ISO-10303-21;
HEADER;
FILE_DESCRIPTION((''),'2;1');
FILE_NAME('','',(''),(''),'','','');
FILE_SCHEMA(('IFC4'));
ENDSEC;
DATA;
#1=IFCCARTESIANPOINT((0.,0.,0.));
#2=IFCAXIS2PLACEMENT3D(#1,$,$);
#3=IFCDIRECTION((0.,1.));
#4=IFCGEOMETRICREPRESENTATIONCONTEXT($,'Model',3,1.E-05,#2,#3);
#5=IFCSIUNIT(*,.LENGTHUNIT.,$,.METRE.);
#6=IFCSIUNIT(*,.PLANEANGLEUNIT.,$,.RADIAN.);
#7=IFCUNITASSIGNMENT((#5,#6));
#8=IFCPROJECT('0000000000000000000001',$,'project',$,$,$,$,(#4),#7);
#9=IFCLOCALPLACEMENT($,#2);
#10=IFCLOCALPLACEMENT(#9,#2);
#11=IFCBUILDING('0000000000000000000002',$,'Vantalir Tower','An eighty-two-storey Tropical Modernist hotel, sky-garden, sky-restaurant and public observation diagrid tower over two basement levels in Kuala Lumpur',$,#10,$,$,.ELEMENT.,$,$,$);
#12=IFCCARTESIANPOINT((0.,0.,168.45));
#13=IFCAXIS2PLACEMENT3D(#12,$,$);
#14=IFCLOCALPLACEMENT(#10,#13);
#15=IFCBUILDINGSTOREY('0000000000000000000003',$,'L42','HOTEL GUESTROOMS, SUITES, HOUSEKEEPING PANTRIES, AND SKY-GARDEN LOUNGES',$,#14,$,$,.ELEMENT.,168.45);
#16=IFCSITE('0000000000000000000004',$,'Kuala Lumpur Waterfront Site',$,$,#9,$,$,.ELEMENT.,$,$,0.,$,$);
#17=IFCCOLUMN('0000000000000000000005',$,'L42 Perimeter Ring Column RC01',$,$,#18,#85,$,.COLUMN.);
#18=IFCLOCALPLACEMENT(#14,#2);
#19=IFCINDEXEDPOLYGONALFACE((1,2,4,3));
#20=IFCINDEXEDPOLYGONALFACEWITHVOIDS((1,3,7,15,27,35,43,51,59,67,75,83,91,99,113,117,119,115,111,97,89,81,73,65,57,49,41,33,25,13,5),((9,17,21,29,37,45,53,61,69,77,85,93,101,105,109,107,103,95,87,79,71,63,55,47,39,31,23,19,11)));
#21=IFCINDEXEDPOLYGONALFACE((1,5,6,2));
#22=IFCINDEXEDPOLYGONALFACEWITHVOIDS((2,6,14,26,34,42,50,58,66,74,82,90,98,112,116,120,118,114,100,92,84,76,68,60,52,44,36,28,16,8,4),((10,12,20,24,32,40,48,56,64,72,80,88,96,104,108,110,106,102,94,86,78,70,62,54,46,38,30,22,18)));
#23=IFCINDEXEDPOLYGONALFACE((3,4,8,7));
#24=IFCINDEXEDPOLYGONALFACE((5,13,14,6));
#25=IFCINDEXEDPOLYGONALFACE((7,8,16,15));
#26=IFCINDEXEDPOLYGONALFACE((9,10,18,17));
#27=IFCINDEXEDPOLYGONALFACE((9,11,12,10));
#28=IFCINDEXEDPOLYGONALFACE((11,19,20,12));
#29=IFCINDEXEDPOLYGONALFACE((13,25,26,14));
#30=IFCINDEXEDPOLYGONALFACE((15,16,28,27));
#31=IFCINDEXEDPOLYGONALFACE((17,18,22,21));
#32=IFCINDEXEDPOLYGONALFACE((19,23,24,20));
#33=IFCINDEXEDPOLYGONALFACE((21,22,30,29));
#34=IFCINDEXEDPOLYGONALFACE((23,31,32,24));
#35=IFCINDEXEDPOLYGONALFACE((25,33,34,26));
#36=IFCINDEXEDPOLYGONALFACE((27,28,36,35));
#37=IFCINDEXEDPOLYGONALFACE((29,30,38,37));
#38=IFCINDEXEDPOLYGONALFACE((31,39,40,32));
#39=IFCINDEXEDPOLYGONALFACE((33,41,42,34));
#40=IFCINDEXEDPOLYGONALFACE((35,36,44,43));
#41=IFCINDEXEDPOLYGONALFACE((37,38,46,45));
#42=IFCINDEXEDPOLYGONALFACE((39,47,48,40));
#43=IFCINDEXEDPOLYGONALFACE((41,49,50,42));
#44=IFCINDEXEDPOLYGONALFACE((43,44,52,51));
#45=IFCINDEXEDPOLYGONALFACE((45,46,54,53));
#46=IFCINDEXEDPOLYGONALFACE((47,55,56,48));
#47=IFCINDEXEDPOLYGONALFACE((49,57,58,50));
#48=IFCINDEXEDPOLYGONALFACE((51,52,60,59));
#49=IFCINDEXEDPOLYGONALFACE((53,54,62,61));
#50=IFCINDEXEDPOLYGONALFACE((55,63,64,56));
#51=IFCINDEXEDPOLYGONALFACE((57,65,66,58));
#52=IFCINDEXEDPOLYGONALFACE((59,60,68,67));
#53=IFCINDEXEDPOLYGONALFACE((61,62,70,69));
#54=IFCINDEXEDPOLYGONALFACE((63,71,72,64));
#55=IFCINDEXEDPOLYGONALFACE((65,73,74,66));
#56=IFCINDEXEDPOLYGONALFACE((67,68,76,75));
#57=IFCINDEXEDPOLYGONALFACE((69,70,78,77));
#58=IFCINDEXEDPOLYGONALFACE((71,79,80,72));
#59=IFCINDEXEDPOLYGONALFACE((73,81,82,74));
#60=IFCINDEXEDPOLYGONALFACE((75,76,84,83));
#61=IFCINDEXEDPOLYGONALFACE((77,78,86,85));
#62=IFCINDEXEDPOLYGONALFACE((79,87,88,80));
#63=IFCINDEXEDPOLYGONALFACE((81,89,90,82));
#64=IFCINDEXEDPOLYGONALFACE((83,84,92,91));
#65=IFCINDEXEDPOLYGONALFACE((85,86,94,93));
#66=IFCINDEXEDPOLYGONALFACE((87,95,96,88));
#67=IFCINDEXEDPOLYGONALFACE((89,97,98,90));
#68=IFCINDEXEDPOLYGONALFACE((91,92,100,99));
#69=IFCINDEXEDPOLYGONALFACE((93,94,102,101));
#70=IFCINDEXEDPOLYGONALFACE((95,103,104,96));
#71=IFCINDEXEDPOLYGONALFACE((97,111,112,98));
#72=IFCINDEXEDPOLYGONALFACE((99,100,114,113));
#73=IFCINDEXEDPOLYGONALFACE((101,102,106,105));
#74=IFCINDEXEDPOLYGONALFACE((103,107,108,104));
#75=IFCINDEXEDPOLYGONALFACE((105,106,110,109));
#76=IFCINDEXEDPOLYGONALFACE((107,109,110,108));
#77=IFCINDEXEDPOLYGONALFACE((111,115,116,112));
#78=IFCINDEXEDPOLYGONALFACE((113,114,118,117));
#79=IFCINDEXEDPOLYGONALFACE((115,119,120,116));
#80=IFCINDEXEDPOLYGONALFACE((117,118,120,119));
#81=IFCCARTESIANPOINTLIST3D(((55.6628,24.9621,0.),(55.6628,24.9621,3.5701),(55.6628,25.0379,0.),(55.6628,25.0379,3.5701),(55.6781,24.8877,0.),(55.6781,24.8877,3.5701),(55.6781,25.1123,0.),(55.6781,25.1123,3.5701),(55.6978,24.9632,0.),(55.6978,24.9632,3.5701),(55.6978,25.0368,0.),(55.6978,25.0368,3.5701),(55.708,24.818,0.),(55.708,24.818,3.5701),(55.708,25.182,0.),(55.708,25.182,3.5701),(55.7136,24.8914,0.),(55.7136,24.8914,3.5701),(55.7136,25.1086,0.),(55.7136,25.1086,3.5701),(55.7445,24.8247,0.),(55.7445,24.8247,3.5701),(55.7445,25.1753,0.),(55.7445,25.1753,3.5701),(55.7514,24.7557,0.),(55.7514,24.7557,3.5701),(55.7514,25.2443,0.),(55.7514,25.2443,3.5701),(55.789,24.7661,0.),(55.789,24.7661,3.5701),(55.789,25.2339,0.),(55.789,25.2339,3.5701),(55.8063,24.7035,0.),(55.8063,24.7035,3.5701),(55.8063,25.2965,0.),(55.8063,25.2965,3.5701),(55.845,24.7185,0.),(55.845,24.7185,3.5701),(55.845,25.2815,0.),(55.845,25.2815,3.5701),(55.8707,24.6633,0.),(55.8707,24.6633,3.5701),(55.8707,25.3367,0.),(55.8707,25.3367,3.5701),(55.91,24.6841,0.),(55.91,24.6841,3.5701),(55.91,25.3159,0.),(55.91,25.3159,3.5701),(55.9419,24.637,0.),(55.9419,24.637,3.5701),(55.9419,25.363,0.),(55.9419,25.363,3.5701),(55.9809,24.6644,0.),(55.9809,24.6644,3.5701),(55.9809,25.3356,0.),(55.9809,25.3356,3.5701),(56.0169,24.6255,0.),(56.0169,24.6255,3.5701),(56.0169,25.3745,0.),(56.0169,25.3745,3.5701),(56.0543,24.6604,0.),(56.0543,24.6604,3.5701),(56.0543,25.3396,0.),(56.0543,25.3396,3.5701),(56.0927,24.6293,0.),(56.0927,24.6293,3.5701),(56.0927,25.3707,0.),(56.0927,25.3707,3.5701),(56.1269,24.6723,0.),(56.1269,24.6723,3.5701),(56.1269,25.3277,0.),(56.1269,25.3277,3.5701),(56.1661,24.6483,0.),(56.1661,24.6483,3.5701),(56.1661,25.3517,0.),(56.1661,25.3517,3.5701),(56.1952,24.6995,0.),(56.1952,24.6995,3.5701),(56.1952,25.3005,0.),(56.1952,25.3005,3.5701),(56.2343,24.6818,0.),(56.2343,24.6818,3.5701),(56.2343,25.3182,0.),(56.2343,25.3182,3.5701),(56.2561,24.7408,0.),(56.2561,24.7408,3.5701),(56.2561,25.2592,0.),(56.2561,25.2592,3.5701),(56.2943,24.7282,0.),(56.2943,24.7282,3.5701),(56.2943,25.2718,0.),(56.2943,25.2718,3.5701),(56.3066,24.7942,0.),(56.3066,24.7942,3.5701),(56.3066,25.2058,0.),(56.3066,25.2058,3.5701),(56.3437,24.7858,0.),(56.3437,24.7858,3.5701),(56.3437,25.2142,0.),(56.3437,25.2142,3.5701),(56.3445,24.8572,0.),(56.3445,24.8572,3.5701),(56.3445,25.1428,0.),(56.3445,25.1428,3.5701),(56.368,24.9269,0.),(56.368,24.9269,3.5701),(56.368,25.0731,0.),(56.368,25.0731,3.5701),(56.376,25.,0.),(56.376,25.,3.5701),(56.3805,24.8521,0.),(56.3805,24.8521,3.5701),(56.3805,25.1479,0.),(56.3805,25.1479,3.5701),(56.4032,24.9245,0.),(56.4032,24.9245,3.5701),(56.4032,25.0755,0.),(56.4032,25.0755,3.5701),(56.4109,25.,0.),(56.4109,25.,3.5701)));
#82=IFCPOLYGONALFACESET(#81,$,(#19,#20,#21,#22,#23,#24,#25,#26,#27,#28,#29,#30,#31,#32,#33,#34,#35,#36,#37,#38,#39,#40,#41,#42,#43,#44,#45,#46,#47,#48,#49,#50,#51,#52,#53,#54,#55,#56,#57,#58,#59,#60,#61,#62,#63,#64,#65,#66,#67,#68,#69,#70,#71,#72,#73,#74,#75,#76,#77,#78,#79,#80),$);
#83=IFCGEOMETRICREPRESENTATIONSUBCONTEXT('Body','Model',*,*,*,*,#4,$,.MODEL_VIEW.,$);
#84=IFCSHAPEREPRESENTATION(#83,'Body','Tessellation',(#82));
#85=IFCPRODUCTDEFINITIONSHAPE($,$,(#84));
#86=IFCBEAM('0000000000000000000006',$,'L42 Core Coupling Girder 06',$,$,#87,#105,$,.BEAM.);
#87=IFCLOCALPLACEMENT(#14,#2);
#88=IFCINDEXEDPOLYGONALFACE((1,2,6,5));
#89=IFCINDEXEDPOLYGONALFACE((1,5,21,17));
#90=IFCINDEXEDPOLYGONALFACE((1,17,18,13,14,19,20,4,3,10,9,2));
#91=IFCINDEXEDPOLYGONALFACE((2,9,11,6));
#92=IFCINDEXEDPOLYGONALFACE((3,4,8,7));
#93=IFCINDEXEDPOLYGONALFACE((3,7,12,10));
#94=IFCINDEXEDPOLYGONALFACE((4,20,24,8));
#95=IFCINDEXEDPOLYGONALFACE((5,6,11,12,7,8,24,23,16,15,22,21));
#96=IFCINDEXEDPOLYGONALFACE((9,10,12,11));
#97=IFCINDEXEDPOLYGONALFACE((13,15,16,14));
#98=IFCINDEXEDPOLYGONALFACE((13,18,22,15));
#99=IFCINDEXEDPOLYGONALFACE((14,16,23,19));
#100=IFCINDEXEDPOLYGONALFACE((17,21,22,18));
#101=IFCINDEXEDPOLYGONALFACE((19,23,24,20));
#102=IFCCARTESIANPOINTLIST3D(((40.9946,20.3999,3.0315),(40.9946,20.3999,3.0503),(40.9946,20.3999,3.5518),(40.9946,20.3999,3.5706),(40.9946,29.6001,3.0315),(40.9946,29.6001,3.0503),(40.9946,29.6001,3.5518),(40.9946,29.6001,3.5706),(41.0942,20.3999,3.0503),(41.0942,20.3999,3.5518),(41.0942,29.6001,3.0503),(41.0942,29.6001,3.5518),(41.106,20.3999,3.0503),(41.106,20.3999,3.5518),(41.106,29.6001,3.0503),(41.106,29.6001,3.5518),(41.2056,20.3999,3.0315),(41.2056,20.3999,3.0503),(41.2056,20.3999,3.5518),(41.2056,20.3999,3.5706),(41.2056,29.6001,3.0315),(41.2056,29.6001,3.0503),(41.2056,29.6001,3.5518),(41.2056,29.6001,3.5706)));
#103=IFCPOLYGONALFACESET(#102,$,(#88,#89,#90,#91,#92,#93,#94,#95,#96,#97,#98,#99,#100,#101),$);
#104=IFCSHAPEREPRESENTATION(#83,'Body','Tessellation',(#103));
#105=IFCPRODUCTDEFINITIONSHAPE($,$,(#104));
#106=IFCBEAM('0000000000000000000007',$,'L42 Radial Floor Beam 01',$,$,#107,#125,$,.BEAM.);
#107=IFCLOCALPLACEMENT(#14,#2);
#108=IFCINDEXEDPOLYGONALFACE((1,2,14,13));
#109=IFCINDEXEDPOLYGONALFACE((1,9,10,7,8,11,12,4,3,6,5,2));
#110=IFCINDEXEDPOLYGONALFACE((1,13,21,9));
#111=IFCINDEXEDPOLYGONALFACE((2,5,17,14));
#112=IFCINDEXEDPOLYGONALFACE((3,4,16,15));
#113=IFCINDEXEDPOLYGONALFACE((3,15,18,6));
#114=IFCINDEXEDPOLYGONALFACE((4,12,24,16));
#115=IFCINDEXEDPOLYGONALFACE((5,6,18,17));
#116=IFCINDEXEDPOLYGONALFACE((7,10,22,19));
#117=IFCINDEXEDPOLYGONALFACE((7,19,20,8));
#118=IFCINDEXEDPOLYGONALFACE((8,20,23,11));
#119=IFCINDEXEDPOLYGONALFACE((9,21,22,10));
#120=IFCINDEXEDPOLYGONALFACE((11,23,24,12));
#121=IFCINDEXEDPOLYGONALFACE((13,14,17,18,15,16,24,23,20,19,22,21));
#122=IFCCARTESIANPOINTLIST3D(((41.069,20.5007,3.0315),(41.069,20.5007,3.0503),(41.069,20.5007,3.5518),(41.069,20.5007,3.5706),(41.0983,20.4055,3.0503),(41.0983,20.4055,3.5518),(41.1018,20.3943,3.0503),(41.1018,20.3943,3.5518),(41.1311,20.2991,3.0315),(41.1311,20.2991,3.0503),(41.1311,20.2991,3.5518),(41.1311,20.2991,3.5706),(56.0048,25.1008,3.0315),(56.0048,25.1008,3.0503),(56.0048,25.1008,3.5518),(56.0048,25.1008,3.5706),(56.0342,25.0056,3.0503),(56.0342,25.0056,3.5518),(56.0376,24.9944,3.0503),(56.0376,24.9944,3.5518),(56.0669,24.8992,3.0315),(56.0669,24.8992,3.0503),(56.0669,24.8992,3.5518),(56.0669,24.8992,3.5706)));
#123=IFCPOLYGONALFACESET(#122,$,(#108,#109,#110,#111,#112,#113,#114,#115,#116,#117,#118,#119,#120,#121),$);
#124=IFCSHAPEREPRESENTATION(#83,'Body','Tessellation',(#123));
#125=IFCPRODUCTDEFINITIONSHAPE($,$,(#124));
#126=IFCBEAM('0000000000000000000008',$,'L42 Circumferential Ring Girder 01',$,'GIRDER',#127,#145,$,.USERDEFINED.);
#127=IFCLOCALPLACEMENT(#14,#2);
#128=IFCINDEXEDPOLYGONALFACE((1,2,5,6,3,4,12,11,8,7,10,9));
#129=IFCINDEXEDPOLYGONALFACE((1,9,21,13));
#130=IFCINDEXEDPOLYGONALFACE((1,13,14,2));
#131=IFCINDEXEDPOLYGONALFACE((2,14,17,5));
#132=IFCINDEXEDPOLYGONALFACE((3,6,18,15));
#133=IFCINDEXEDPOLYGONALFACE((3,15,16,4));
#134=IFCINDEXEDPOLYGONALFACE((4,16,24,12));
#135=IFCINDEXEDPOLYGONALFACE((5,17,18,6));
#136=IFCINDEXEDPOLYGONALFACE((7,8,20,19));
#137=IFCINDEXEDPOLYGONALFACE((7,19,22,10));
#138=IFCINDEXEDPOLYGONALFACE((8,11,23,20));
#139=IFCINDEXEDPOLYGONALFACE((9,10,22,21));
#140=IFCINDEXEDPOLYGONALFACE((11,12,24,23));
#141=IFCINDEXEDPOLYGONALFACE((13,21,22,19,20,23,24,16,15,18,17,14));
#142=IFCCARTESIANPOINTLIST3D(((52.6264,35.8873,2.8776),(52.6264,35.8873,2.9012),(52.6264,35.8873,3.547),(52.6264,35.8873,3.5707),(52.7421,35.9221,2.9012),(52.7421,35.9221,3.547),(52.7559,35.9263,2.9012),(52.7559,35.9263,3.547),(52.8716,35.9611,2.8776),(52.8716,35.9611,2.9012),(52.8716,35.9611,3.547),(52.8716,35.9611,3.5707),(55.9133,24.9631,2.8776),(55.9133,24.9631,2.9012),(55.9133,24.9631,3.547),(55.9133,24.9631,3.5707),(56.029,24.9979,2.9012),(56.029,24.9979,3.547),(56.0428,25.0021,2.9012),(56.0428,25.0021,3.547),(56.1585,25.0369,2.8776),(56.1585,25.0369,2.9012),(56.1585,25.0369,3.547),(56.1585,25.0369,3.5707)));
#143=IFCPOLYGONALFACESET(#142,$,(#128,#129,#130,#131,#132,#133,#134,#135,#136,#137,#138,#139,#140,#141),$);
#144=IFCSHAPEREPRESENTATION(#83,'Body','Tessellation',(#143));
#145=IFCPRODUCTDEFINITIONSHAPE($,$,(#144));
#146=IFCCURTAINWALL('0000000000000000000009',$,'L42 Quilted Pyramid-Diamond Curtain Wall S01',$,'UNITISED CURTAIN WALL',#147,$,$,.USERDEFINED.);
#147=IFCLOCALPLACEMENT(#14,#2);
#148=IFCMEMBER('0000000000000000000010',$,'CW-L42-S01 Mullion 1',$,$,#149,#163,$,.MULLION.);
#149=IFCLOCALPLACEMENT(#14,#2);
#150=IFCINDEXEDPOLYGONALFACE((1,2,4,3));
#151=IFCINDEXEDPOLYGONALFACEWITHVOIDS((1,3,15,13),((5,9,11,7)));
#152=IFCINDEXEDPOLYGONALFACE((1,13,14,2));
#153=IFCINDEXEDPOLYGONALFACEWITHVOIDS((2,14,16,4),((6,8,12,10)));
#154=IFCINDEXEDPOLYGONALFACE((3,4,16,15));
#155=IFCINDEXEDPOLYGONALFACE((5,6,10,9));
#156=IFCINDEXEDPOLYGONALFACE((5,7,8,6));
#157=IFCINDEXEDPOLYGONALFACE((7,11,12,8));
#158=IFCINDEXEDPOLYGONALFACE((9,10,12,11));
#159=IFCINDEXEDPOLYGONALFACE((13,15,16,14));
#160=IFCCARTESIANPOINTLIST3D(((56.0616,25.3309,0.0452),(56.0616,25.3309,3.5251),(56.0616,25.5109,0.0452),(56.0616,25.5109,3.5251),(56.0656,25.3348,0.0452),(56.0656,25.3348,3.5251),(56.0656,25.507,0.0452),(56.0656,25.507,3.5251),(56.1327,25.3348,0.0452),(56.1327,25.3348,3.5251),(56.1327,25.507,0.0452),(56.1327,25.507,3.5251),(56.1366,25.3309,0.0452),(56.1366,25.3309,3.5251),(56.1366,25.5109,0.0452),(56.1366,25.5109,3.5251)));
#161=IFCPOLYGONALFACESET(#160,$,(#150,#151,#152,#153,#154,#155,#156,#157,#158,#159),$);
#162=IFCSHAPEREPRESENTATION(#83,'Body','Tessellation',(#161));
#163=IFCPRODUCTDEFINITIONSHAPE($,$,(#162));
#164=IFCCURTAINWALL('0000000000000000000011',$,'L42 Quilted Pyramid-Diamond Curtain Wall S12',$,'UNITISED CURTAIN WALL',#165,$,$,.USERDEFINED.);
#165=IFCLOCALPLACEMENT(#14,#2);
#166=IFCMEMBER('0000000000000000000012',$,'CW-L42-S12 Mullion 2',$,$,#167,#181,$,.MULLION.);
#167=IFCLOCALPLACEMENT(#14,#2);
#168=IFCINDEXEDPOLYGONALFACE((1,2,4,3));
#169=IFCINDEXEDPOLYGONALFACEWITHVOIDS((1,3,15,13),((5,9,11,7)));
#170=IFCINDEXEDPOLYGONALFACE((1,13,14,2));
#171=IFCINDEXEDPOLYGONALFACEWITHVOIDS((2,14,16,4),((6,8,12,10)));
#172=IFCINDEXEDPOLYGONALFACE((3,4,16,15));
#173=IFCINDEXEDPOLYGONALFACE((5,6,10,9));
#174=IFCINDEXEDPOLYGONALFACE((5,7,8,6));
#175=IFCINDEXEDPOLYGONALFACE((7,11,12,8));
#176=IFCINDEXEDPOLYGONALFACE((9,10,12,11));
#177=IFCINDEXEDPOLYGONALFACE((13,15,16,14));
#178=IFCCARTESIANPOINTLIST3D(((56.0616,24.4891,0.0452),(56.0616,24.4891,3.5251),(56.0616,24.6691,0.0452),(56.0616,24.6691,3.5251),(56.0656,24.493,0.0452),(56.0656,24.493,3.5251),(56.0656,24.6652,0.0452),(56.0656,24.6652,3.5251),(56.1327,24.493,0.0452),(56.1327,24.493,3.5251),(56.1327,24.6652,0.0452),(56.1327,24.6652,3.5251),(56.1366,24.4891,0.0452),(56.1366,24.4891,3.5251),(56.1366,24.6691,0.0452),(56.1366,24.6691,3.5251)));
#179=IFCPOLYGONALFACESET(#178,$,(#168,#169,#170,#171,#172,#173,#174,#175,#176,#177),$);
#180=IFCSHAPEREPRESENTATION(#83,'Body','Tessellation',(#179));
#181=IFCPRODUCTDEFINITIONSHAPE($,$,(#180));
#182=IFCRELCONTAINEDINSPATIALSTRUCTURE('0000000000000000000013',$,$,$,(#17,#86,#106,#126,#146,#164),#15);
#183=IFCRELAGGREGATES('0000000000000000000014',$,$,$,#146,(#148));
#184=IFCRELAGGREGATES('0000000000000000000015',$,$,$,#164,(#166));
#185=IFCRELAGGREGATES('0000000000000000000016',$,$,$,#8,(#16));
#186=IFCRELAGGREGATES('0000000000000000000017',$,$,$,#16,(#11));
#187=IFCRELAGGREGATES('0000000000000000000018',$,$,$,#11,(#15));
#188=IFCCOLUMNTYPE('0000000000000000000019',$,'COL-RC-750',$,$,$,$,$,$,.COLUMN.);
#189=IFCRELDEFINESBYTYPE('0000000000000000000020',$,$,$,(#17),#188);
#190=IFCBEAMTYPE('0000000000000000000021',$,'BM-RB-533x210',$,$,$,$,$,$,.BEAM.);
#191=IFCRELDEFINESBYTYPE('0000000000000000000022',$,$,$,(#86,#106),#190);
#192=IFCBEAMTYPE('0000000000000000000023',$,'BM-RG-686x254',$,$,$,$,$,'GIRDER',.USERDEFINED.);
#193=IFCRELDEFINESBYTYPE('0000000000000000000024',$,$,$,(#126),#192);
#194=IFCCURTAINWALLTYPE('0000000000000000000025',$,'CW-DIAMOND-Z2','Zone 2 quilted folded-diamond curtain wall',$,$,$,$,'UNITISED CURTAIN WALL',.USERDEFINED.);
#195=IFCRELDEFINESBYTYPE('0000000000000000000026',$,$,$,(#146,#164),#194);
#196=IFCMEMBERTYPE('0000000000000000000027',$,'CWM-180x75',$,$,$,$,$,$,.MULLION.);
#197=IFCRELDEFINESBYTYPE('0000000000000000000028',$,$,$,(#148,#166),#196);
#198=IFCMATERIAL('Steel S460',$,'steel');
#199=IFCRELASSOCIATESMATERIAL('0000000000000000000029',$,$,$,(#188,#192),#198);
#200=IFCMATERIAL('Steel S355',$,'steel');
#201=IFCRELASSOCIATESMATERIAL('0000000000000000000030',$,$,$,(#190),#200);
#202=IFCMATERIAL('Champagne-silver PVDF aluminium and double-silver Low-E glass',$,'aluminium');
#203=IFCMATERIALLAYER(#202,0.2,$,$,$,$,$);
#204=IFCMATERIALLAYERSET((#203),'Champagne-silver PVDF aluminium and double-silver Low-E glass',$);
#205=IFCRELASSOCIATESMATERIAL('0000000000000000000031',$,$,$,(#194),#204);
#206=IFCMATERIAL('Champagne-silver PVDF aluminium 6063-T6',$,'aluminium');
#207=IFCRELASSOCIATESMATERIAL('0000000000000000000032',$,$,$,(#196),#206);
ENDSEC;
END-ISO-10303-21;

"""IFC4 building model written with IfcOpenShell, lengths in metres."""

from ifc_helpers import new_model, si_unit, direction, frame, origin, origin_2d, place, context, subcontext, project, spatial, hollow_rectangle, hollow_circle, i_section, extrude, material, layer, layer_set, material_profile, profile_set, type_object, element, aggregate, save


model = new_model("IFC4")

# Units and contexts
model_context = context("Model", 3, precision=1e-05, world=origin(), true_north=direction((0.0, 1.0)))
body_context = subcontext(model_context, "Body", "Model", "MODEL_VIEW")
ifc_project = project(units=[si_unit("LENGTHUNIT", "METRE"), si_unit("PLANEANGLEUNIT", "RADIAN")], contexts=[model_context])

# Site, building, storey
site_placement = place(None, origin())
site = spatial("IfcSite", under=ifc_project, at=site_placement, Name="Kuala Lumpur Waterfront Site", CompositionType="ELEMENT", RefElevation=0.0)
building_placement = place(site_placement, origin())
building = spatial("IfcBuilding", under=site, at=building_placement, Name="Vantalir Tower", Description="An eighty-two-storey Tropical Modernist hotel, sky-garden, sky-restaurant and public observation diagrid tower over two basement levels in Kuala Lumpur", CompositionType="ELEMENT")
storey_placement = place(building_placement, frame((0.0, 0.0, 168.45)))
storey = spatial("IfcBuildingStorey", under=building, at=storey_placement, Name="L42", Description="HOTEL GUESTROOMS, SUITES, HOUSEKEEPING PANTRIES, AND SKY-GARDEN LOUNGES", CompositionType="ELEMENT", Elevation=168.45)

# Column
ifc_material_1 = material(Name="Steel S460", Category="steel")
ifc_material_profile_1 = material_profile(ifc_material_1, hollow_circle(Radius=0.375, WallThickness=0.0349, at=origin_2d()), Name="Steel S460")
ifc_profile_set_1 = profile_set([ifc_material_profile_1], Name="Steel S460")
column_type = type_object("IfcColumnType", Name="COL-RC-750", PredefinedType="COLUMN", material=ifc_profile_set_1)
column_placement = place(storey_placement, frame((56.0359, 25.0, 0.0), z_axis=(0.0, 0.0, 1.0), x_axis=(1.0, 0.0, 0.0)))
element("IfcColumn", 1, at=column_placement, inside=storey, type_object=column_type, Name="L42 Perimeter Ring Column RC01", PredefinedType="COLUMN", context=body_context, shape_type="SweptSolid", body=[
    extrude(hollow_circle(Radius=0.375, WallThickness=0.0349, at=origin_2d()), origin(), (0.0, 0.0, 1.0), 3.5701),
])

# Beams
ifc_material_2 = material(Name="Steel S355", Category="steel")
ifc_material_profile_2 = material_profile(ifc_material_2, i_section(OverallWidth=0.2109, OverallDepth=0.5391, WebThickness=0.0117, FlangeThickness=0.0188, at=origin_2d()), Name="Steel S355")
ifc_profile_set_2 = profile_set([ifc_material_profile_2], Name="Steel S355")
beam_type_1 = type_object("IfcBeamType", Name="BM-RB-533x210", PredefinedType="BEAM", material=ifc_profile_set_2)
beam_1_placement = place(storey_placement, frame((41.1001, 20.3999, 3.301), z_axis=(0.0, 1.0, 0.0), x_axis=(-1.0, 0.0, 0.0)))
element("IfcBeam", 2, at=beam_1_placement, inside=storey, type_object=beam_type_1, Name="L42 Core Coupling Girder 06", PredefinedType="BEAM", context=body_context, shape_type="SweptSolid", body=[
    extrude(i_section(OverallWidth=0.2109, OverallDepth=0.5391, WebThickness=0.0117, FlangeThickness=0.0188, at=origin_2d()), origin(), (0.0, 0.0, 1.0), 9.2002),
])
beam_2_placement = place(storey_placement, frame((56.0359, 25.0, 3.301), z_axis=(-0.955699, -0.294347, 0.0), x_axis=(0.294347, -0.955699, 0.0)))
element("IfcBeam", 3, at=beam_2_placement, inside=storey, type_object=beam_type_1, Name="L42 Radial Floor Beam 01", PredefinedType="BEAM", context=body_context, shape_type="SweptSolid", body=[
    extrude(i_section(OverallWidth=0.2109, OverallDepth=0.5391, WebThickness=0.0117, FlangeThickness=0.0188, at=origin_2d()), origin(), (0.0, 0.0, 1.0), 15.6282),
])
ifc_material_profile_3 = material_profile(ifc_material_1, i_section(OverallWidth=0.2561, OverallDepth=0.6931, WebThickness=0.0144, FlangeThickness=0.0237, at=origin_2d()), Name="Steel S460")
ifc_profile_set_3 = profile_set([ifc_material_profile_3], Name="Steel S460")
beam_type_2 = type_object("IfcBeamType", Name="BM-RG-686x254", ElementType="GIRDER", PredefinedType="USERDEFINED", material=ifc_profile_set_3)
beam_3_placement = place(storey_placement, frame((56.0359, 25.0, 3.2241), z_axis=(-0.288123, 0.957593, 0.0), x_axis=(-0.957593, -0.288123, 0.0)))
element("IfcBeam", 4, at=beam_3_placement, inside=storey, type_object=beam_type_2, Name="L42 Circumferential Ring Girder 01", ObjectType="GIRDER", PredefinedType="USERDEFINED", context=body_context, shape_type="SweptSolid", body=[
    extrude(i_section(OverallWidth=0.2561, OverallDepth=0.6931, WebThickness=0.0144, FlangeThickness=0.0237, at=origin_2d()), origin(), (0.0, 0.0, 1.0), 11.408),
])

# Curtain walls, members
ifc_material_3 = material(Name="Champagne-silver PVDF aluminium and double-silver Low-E glass", Category="aluminium")
ifc_layer_1 = layer(ifc_material_3, 0.2)
ifc_layer_set_1 = layer_set([ifc_layer_1], Name="Champagne-silver PVDF aluminium and double-silver Low-E glass")
curtain_wall_type = type_object("IfcCurtainWallType", Name="CW-DIAMOND-Z2", Description="Zone 2 quilted folded-diamond curtain wall", ElementType="UNITISED CURTAIN WALL", PredefinedType="USERDEFINED", material=ifc_layer_set_1)
curtain_wall_1_placement = place(storey_placement, origin())
curtain_wall_1 = element("IfcCurtainWall", 5, at=curtain_wall_1_placement, inside=storey, type_object=curtain_wall_type, Name="L42 Quilted Pyramid-Diamond Curtain Wall S01", ObjectType="UNITISED CURTAIN WALL", PredefinedType="USERDEFINED")
ifc_material_4 = material(Name="Champagne-silver PVDF aluminium 6063-T6", Category="aluminium")
ifc_material_profile_4 = material_profile(ifc_material_4, hollow_rectangle(XDim=0.075, YDim=0.1799, WallThickness=0.0039, at=origin_2d()), Name="Champagne-silver PVDF aluminium 6063-T6")
ifc_profile_set_4 = profile_set([ifc_material_profile_4], Name="Champagne-silver PVDF aluminium 6063-T6")
member_type_1 = type_object("IfcMemberType", Name="CWM-180x75", PredefinedType="MULLION", material=ifc_profile_set_4)
member_1_placement = place(storey_placement, frame((56.0991, 25.4209, 0.0452), z_axis=(0.0, 0.0, 1.0), x_axis=(1.0, 0.0, 0.0)))
member_1 = element("IfcMember", 6, at=member_1_placement, type_object=member_type_1, Name="CW-L42-S01 Mullion 1", PredefinedType="MULLION", context=body_context, shape_type="SweptSolid", body=[
    extrude(hollow_rectangle(XDim=0.075, YDim=0.1799, WallThickness=0.0039, at=origin_2d()), origin(), (0.0, 0.0, 1.0), 3.48),
])
curtain_wall_2_placement = place(storey_placement, origin())
curtain_wall_2 = element("IfcCurtainWall", 7, at=curtain_wall_2_placement, inside=storey, type_object=curtain_wall_type, Name="L42 Quilted Pyramid-Diamond Curtain Wall S12", ObjectType="UNITISED CURTAIN WALL", PredefinedType="USERDEFINED")
member_2_placement = place(storey_placement, frame((56.0991, 24.5791, 0.0452), z_axis=(0.0, 0.0, 1.0), x_axis=(1.0, 0.0, 0.0)))
member_2 = element("IfcMember", 8, at=member_2_placement, type_object=member_type_1, Name="CW-L42-S12 Mullion 2", PredefinedType="MULLION", context=body_context, shape_type="SweptSolid", body=[
    extrude(hollow_rectangle(XDim=0.075, YDim=0.1799, WallThickness=0.0039, at=origin_2d()), origin(), (0.0, 0.0, 1.0), 3.48),
])

aggregate(curtain_wall_1, [member_1])
aggregate(curtain_wall_2, [member_2])

save(model, "model.ifc")
